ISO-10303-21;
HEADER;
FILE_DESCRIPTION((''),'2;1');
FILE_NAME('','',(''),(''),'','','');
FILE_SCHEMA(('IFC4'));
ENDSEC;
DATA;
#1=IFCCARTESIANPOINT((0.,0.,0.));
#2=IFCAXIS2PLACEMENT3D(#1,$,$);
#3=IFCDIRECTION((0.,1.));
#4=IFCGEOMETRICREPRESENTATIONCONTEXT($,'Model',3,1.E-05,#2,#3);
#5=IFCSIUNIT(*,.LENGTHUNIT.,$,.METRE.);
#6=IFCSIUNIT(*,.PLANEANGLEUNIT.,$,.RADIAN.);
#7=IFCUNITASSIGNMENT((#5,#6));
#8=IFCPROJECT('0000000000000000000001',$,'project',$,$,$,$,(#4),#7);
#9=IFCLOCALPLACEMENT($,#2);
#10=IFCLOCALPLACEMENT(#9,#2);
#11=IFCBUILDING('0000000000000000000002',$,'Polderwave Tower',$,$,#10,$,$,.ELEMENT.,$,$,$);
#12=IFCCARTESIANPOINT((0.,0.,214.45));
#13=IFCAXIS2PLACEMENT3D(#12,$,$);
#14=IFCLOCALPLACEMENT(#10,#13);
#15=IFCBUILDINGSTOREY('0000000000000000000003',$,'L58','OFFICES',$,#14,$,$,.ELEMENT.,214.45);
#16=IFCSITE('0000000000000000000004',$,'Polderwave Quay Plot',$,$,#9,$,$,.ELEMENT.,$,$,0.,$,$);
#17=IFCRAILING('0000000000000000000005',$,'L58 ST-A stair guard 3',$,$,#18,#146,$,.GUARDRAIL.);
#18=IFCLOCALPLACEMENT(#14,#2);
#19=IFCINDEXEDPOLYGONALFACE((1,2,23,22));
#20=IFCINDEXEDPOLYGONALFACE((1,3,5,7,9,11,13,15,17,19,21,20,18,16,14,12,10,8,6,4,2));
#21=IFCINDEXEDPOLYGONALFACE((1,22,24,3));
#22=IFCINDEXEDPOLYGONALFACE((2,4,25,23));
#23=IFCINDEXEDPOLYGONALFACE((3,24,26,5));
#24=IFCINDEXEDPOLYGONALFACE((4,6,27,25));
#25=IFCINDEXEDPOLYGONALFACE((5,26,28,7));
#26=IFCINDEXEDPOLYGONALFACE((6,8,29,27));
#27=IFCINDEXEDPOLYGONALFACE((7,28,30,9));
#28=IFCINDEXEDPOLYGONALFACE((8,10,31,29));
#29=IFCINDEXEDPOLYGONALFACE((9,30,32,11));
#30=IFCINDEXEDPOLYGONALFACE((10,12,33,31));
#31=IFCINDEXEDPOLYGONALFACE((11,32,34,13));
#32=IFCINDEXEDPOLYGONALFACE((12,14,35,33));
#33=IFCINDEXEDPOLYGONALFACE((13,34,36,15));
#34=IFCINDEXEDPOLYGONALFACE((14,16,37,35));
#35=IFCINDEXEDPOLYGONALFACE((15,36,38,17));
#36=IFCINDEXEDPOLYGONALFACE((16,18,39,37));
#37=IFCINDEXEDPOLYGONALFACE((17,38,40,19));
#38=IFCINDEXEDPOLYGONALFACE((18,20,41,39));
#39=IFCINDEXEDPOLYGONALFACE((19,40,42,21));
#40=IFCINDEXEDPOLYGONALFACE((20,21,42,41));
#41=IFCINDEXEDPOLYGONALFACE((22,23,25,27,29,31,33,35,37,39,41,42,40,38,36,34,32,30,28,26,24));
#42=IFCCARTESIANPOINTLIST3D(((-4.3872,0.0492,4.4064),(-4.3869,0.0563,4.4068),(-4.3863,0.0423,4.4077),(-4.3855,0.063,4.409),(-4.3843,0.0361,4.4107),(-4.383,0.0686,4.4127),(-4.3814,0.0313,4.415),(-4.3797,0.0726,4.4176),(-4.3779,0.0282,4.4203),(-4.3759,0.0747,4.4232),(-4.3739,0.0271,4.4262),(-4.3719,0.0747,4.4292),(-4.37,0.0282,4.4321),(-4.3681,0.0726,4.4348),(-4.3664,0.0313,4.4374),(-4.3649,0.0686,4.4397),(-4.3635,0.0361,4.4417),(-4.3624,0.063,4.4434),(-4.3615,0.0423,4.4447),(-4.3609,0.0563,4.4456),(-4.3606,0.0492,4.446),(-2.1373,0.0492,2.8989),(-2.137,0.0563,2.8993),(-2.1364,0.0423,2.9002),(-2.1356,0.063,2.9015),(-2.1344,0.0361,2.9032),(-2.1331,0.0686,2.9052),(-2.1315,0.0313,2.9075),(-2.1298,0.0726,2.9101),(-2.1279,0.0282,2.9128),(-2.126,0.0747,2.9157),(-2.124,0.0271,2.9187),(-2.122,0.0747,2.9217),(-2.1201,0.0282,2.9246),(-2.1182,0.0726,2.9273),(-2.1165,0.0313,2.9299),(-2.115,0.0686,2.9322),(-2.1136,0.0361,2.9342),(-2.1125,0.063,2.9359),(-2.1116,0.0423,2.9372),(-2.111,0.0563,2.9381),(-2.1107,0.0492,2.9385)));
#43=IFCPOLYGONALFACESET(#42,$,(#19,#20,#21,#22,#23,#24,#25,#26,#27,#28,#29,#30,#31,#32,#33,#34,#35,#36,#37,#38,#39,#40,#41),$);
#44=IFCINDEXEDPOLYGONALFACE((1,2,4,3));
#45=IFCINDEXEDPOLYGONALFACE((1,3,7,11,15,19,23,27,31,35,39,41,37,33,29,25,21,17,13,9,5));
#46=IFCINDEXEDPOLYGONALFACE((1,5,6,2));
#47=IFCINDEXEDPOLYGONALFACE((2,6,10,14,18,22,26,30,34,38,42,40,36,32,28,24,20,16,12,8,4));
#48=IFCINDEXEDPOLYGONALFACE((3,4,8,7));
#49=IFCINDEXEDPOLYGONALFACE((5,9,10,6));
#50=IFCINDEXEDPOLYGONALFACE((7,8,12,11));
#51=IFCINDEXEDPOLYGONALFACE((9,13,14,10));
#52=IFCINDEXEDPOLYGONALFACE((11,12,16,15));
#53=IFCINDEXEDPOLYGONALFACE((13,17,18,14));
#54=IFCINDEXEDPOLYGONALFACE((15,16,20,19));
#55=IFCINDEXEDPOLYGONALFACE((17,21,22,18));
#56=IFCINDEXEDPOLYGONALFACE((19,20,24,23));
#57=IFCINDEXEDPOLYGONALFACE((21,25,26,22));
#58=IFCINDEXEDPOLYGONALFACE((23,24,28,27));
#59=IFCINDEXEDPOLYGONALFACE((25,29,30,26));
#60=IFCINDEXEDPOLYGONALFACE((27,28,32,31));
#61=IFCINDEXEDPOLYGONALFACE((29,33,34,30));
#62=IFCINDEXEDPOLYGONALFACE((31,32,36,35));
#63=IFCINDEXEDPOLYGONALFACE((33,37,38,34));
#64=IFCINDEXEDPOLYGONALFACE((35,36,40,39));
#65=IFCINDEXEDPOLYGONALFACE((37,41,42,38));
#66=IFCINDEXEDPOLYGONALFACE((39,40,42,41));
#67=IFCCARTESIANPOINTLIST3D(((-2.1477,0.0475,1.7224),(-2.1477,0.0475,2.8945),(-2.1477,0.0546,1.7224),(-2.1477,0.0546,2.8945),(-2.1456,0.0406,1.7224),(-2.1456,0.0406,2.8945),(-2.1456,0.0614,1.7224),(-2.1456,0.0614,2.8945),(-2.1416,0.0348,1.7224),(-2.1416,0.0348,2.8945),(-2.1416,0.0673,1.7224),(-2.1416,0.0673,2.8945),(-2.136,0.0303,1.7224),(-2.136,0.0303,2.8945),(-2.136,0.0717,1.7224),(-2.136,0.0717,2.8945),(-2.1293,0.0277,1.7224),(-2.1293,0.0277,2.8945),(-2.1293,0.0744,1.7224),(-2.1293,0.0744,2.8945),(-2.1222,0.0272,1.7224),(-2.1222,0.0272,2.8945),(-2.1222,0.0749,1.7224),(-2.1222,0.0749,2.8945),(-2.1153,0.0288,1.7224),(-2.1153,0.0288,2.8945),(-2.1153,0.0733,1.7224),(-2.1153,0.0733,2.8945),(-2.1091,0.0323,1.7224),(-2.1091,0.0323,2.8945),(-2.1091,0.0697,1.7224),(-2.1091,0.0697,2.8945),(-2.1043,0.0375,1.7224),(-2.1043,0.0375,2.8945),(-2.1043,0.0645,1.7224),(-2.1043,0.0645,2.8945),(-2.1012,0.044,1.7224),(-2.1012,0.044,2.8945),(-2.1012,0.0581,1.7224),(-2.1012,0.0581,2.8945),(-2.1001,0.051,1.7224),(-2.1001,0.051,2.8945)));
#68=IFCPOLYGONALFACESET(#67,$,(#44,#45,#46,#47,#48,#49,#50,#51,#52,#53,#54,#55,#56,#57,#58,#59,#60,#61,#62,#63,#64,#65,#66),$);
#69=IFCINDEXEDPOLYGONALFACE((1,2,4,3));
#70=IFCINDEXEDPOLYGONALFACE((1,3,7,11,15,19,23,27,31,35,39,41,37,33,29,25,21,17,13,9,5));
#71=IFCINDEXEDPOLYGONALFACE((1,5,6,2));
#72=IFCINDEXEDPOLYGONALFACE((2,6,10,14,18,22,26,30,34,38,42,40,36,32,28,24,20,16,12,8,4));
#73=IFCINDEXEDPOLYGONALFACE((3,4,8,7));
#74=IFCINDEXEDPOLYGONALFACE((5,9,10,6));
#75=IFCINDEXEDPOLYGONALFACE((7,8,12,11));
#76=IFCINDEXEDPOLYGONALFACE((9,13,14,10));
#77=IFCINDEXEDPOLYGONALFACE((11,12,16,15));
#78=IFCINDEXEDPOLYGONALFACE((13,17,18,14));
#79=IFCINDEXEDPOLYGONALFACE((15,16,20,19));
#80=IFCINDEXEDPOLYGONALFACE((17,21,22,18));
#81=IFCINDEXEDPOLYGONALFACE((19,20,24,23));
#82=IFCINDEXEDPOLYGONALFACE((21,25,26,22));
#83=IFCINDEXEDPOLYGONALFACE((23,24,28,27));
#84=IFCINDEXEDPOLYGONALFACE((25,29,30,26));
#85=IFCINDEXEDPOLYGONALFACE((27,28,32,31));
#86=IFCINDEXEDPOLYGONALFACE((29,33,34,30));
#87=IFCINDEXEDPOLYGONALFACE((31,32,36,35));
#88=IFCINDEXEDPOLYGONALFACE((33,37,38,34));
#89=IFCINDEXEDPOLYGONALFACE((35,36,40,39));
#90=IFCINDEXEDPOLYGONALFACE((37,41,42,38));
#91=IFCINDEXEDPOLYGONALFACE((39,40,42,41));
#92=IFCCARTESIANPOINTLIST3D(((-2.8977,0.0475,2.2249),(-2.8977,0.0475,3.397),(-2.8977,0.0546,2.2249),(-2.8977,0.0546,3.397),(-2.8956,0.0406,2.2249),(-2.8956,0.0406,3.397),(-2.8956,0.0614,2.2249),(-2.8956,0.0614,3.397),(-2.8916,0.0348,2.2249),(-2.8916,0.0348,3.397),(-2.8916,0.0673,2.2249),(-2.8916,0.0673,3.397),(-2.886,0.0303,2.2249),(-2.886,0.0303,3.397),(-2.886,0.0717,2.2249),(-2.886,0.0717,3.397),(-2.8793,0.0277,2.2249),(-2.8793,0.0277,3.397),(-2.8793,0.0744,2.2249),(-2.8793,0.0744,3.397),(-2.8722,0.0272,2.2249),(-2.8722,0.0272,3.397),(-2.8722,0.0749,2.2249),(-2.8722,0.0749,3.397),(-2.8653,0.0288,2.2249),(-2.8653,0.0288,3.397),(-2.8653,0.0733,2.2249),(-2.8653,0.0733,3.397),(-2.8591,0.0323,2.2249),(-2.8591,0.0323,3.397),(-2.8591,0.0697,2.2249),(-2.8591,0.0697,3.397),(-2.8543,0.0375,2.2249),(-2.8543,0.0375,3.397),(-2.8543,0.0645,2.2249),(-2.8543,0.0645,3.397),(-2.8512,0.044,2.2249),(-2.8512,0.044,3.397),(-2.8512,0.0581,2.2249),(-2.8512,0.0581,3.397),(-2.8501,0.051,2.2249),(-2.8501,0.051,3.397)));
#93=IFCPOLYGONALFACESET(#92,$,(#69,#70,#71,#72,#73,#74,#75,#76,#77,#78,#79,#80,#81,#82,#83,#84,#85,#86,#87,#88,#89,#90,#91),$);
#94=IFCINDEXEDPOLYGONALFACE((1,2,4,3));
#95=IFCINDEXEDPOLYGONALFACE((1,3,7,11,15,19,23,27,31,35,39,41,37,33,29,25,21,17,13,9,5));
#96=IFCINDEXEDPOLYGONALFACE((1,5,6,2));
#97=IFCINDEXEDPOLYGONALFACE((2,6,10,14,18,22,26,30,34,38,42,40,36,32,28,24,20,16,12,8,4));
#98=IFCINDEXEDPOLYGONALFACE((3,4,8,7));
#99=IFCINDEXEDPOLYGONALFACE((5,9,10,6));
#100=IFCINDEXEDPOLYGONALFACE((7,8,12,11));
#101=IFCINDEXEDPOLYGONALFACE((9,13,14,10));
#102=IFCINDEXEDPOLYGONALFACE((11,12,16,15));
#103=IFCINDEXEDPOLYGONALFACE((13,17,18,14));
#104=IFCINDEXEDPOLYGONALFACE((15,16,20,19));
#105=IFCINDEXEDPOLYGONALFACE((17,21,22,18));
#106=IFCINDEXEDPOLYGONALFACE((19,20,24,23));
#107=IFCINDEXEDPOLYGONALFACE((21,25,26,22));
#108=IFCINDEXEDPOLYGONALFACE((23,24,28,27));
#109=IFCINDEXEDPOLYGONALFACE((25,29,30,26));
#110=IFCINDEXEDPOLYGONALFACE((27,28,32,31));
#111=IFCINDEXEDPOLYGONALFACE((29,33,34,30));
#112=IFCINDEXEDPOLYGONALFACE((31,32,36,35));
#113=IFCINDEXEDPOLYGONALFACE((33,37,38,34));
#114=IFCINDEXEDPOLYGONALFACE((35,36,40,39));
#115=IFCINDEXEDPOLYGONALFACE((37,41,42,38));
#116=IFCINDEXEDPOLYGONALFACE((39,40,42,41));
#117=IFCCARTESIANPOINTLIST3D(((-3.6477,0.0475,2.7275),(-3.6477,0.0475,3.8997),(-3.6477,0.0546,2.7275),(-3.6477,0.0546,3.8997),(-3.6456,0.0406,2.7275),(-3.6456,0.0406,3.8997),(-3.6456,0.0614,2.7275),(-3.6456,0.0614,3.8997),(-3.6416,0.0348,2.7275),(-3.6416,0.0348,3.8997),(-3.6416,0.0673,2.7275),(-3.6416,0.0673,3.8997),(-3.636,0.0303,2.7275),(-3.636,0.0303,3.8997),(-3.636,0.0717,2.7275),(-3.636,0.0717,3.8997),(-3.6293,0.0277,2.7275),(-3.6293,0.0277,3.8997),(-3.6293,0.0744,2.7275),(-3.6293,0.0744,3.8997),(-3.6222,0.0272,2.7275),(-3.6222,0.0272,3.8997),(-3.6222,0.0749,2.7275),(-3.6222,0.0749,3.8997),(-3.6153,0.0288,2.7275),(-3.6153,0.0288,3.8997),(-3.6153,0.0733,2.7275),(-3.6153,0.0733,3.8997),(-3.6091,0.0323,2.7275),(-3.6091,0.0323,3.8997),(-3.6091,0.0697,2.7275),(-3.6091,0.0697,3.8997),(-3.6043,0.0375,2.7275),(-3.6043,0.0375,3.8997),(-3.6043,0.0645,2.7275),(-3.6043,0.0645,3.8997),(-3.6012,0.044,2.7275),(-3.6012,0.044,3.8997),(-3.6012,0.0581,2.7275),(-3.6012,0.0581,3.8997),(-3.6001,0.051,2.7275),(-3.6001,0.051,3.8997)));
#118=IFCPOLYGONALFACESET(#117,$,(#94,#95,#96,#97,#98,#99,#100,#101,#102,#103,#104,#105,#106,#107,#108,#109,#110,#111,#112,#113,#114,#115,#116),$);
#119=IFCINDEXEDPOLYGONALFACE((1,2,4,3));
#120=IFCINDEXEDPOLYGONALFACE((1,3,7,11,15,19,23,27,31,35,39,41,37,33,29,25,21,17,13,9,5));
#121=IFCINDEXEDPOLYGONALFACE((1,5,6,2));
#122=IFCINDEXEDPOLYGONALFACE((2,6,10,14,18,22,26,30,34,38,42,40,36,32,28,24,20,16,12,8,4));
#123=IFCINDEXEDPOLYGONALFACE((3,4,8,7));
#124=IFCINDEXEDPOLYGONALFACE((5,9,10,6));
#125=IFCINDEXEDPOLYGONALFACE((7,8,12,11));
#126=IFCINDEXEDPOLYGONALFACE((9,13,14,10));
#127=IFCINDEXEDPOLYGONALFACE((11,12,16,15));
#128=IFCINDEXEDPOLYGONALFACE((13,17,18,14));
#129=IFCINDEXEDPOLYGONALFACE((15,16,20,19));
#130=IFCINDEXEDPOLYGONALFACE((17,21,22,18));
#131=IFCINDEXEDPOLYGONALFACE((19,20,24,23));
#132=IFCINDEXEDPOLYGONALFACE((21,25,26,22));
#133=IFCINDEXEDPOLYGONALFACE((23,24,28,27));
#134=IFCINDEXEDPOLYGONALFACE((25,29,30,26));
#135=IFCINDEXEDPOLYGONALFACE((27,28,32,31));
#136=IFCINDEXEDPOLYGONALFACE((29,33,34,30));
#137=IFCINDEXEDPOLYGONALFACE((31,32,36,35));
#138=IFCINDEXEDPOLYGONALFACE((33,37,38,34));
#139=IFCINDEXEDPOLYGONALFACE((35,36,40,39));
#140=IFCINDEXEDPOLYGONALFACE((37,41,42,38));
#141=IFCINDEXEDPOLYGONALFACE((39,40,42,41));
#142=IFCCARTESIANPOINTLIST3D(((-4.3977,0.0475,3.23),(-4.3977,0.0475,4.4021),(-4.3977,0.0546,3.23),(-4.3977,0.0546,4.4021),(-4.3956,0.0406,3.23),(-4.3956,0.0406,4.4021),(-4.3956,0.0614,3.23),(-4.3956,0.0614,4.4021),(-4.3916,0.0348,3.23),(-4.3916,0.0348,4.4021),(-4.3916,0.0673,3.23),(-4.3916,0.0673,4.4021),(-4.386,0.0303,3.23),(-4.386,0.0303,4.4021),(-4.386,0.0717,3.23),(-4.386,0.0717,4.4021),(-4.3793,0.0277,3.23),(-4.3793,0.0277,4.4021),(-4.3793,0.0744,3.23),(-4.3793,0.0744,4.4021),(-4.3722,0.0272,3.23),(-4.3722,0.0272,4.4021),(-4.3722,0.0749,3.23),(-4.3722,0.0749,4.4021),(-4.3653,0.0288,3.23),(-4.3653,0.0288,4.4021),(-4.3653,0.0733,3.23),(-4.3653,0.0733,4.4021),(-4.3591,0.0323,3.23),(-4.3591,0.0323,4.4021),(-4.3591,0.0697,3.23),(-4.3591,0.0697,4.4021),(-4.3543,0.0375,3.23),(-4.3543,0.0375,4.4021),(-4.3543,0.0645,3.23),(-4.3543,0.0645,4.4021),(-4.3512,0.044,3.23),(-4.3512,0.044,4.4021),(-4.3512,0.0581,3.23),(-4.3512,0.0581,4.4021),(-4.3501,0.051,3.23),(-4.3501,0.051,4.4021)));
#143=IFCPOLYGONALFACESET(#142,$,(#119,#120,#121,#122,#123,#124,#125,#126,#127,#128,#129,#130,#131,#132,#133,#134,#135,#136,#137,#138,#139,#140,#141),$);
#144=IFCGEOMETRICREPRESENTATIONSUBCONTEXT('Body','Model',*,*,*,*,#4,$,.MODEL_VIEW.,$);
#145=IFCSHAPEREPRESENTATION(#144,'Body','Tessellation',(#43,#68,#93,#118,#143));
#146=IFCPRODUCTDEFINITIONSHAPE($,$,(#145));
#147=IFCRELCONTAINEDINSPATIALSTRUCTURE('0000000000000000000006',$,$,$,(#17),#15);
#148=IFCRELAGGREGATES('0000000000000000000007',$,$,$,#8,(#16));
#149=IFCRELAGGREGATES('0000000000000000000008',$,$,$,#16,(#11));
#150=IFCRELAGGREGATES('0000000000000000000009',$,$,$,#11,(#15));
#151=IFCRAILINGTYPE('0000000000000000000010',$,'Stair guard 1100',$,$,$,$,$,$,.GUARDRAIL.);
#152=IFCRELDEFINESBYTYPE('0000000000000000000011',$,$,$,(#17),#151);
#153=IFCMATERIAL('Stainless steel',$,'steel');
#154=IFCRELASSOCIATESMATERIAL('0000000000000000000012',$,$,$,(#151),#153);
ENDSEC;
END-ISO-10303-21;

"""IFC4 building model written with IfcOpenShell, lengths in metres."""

from ifc_helpers import new_model, si_unit, direction, frame, origin, origin_2d, place, context, subcontext, project, spatial, circle, extrude, material, type_object, element, save


model = new_model("IFC4")

# Units and contexts
model_context = context("Model", 3, precision=1e-05, world=origin(), true_north=direction((0.0, 1.0)))
body_context = subcontext(model_context, "Body", "Model", "MODEL_VIEW")
ifc_project = project(units=[si_unit("LENGTHUNIT", "METRE"), si_unit("PLANEANGLEUNIT", "RADIAN")], contexts=[model_context])

# Site, building, storey
site_placement = place(None, origin())
site = spatial("IfcSite", under=ifc_project, at=site_placement, Name="Polderwave Quay Plot", CompositionType="ELEMENT", RefElevation=0.0)
building_placement = place(site_placement, origin())
building = spatial("IfcBuilding", under=site, at=building_placement, Name="Polderwave Tower", CompositionType="ELEMENT")
storey_placement = place(building_placement, frame((0.0, 0.0, 214.45)))
storey = spatial("IfcBuildingStorey", under=building, at=storey_placement, Name="L58", Description="OFFICES", CompositionType="ELEMENT", Elevation=214.45)

# Shared definitions
ifc_material_1 = material(Name="Stainless steel", Category="steel")

# Railing
railing_type_1 = type_object("IfcRailingType", Name="Stair guard 1100", PredefinedType="GUARDRAIL", material=ifc_material_1)
railing_1_placement = place(storey_placement, frame((-2.124, 0.051, 1.7224)))
element("IfcRailing", 1, at=railing_1_placement, inside=storey, type_object=railing_type_1, Name="L58 ST-A stair guard 3", PredefinedType="GUARDRAIL", context=body_context, shape_type="SweptSolid", body=[
    extrude(circle(Radius=0.0239, at=origin_2d()), frame((0.0, 0.0, 1.1963), z_axis=(-0.830758, 0.0, 0.556633), x_axis=(0.0, -1.0, 0.0)), (0.0, 0.0, 1.0), 2.7083),
    extrude(circle(Radius=0.0239, at=origin_2d()), origin(), (0.0, 0.0, 1.0), 1.1721),
    extrude(circle(Radius=0.0239, at=origin_2d()), frame((-0.75, 0.0, 0.5024)), (0.0, 0.0, 1.0), 1.1721),
    extrude(circle(Radius=0.0239, at=origin_2d()), frame((-1.5, 0.0, 1.0051)), (0.0, 0.0, 1.0), 1.1721),
    extrude(circle(Radius=0.0239, at=origin_2d()), frame((-2.25, 0.0, 1.5076)), (0.0, 0.0, 1.0), 1.1721),
])

save(model, "model.ifc")
